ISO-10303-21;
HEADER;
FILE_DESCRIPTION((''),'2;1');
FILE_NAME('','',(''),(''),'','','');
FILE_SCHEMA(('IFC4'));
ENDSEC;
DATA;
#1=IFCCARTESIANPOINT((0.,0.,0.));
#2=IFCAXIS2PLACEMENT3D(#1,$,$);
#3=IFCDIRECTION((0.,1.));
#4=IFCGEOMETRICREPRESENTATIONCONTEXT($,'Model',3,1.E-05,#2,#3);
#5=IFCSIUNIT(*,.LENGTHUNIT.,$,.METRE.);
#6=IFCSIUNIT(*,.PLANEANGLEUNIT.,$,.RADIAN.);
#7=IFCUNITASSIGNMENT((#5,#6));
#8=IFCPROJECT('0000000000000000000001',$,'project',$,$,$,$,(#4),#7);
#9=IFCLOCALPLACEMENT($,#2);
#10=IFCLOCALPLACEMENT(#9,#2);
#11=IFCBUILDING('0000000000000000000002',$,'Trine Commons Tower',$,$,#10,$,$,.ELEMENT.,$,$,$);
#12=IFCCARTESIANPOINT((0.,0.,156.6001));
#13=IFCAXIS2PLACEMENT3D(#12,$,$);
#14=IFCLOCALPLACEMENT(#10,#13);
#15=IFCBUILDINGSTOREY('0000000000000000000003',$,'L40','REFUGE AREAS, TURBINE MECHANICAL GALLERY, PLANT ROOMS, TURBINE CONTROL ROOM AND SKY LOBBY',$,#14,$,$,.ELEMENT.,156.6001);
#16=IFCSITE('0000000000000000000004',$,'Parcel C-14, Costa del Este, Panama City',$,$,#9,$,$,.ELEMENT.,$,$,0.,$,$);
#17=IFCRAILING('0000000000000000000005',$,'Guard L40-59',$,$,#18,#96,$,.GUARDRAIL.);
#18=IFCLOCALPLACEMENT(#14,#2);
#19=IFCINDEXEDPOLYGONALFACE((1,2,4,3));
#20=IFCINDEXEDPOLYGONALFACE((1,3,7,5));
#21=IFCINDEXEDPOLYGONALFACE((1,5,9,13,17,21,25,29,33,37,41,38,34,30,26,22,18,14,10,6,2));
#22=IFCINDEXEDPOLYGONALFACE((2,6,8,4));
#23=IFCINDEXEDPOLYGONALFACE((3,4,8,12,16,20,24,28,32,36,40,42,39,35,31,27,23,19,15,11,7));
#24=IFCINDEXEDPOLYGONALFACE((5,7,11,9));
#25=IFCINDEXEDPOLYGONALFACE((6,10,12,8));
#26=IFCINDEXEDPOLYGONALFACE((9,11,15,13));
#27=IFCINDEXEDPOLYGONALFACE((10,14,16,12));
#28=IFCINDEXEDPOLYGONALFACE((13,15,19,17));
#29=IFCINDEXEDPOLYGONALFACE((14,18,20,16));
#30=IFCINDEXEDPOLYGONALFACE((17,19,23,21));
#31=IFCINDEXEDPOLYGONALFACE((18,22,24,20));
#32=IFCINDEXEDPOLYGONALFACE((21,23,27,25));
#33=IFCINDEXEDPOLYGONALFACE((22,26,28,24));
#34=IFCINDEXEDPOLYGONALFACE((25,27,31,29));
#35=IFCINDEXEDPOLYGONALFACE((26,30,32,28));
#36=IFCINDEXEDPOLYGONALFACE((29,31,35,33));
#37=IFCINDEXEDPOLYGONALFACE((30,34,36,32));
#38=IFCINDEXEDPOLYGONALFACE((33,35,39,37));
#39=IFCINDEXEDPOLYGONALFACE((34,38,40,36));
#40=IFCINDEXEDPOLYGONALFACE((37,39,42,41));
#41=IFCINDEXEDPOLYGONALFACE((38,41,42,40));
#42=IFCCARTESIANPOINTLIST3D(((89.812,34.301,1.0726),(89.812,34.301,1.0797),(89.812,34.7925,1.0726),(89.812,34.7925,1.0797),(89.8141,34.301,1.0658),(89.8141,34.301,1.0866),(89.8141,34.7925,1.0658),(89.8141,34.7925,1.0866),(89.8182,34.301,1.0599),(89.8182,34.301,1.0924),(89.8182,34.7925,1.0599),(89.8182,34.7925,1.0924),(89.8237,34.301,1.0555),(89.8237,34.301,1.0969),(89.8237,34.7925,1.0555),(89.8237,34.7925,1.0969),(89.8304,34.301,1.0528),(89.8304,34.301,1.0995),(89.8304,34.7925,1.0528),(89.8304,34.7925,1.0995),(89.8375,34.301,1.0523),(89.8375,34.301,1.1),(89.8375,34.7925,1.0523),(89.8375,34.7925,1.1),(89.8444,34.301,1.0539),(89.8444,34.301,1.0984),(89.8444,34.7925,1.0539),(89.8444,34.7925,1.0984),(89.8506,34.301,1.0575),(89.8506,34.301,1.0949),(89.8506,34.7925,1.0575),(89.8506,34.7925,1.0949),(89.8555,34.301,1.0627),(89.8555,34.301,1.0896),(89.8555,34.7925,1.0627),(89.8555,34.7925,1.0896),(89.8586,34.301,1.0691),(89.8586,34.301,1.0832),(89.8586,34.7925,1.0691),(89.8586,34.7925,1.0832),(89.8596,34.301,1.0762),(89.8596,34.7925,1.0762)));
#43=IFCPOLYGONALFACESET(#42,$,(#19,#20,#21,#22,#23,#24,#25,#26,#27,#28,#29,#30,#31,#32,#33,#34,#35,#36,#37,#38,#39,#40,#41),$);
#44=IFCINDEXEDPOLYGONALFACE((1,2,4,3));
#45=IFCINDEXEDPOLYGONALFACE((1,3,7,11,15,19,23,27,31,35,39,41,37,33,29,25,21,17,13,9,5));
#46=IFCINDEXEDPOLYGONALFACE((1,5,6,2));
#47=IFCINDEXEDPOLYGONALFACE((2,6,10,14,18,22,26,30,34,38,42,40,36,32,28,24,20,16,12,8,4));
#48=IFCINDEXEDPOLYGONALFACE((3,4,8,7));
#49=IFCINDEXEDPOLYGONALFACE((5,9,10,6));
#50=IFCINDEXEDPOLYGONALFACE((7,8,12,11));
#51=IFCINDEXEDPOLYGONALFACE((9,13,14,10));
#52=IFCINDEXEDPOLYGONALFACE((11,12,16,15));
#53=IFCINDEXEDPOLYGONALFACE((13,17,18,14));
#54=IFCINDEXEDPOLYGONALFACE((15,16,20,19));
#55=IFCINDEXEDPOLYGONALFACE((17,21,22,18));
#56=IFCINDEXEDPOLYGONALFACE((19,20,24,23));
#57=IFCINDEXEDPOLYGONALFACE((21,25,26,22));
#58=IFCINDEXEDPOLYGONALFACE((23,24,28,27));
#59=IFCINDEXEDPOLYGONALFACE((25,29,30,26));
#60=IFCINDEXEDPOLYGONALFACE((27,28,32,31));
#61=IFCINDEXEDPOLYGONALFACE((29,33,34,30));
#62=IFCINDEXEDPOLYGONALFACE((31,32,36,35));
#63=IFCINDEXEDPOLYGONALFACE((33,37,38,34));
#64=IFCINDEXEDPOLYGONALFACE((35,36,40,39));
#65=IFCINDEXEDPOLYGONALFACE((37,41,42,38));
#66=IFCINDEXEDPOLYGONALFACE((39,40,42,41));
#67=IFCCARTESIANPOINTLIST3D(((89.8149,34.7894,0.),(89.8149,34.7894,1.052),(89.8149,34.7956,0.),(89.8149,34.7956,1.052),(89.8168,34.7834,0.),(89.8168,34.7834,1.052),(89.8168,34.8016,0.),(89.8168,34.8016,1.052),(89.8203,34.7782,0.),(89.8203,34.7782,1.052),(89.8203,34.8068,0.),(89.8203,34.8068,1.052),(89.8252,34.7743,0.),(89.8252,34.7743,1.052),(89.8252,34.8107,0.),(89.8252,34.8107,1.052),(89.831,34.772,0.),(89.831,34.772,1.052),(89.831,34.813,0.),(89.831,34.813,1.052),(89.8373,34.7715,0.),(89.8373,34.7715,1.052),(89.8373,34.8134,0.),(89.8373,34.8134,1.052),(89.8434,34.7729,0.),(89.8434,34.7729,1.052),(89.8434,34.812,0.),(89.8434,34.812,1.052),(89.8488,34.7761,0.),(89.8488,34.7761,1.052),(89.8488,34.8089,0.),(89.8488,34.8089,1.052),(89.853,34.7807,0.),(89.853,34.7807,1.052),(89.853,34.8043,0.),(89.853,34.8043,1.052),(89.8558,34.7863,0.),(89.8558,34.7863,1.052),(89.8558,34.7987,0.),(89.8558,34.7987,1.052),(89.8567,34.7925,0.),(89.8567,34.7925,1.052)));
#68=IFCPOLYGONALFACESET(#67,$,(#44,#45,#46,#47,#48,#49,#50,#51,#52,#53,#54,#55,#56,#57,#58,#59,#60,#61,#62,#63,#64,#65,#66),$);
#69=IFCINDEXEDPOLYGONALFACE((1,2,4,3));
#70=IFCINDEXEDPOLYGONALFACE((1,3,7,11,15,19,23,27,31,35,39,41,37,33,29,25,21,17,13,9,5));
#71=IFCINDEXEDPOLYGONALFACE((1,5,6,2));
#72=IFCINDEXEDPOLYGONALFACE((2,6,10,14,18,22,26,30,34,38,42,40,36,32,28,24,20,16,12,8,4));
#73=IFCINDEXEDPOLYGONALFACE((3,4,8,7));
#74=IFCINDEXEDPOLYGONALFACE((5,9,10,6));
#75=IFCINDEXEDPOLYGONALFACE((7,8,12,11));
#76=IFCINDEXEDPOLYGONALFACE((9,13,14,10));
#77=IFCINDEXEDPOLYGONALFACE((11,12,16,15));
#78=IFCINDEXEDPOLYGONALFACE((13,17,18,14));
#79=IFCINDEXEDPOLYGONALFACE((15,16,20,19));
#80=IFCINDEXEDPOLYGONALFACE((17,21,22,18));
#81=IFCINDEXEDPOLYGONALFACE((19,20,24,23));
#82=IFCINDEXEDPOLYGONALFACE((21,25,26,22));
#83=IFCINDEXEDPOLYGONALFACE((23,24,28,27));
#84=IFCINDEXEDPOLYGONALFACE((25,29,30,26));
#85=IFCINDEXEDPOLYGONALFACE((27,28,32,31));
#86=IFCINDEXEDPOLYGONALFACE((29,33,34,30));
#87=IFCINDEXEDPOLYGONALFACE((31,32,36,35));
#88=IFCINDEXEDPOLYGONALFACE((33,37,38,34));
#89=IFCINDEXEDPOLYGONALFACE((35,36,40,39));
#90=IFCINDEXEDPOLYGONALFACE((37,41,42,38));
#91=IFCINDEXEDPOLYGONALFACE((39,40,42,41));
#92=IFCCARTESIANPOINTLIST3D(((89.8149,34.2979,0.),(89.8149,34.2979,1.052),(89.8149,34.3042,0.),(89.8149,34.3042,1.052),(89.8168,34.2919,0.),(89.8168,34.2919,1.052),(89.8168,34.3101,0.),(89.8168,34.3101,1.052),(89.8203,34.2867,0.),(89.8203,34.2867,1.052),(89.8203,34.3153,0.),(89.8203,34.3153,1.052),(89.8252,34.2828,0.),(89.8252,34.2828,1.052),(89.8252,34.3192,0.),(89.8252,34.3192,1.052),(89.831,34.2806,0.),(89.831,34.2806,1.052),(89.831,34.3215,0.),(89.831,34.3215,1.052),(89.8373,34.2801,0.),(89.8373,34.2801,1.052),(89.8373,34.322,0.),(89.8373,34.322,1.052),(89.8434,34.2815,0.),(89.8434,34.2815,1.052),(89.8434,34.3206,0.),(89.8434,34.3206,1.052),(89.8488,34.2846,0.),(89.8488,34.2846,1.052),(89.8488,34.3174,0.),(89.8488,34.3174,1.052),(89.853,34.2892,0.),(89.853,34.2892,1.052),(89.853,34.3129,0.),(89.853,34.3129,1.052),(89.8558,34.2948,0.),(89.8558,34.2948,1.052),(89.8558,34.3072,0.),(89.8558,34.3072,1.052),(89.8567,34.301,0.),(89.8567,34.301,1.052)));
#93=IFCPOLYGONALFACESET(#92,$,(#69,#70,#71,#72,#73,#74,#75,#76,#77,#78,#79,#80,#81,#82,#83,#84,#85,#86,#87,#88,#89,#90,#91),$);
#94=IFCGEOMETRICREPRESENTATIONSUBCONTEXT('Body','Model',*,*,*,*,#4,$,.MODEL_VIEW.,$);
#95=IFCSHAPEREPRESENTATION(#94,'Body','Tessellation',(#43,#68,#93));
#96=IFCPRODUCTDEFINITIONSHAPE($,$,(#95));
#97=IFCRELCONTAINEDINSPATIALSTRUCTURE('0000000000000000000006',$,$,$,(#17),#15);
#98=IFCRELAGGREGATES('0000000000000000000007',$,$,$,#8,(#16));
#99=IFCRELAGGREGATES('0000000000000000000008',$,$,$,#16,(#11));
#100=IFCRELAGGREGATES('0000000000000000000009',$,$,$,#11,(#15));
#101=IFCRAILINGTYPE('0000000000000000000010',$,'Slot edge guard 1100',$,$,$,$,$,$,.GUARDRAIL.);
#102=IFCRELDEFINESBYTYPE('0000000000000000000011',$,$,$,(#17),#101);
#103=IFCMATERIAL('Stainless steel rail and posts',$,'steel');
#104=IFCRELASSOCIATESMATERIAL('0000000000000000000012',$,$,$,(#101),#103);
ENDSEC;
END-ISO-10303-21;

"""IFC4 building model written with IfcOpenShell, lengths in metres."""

from ifc_helpers import new_model, si_unit, direction, frame, origin, origin_2d, place, context, subcontext, project, spatial, circle, extrude, material, type_object, element, save


model = new_model("IFC4")

# Units and contexts
model_context = context("Model", 3, precision=1e-05, world=origin(), true_north=direction((0.0, 1.0)))
body_context = subcontext(model_context, "Body", "Model", "MODEL_VIEW")
ifc_project = project(units=[si_unit("LENGTHUNIT", "METRE"), si_unit("PLANEANGLEUNIT", "RADIAN")], contexts=[model_context])

# Site, building, storey
site_placement = place(None, origin())
site = spatial("IfcSite", under=ifc_project, at=site_placement, Name="Parcel C-14, Costa del Este, Panama City", CompositionType="ELEMENT", RefElevation=0.0)
building_placement = place(site_placement, origin())
building = spatial("IfcBuilding", under=site, at=building_placement, Name="Trine Commons Tower", CompositionType="ELEMENT")
storey_placement = place(building_placement, frame((0.0, 0.0, 156.6001)))
storey = spatial("IfcBuildingStorey", under=building, at=storey_placement, Name="L40", Description="REFUGE AREAS, TURBINE MECHANICAL GALLERY, PLANT ROOMS, TURBINE CONTROL ROOM AND SKY LOBBY", CompositionType="ELEMENT", Elevation=156.6001)

# Railing
ifc_material_1 = material(Name="Stainless steel rail and posts", Category="steel")
railing_type = type_object("IfcRailingType", Name="Slot edge guard 1100", PredefinedType="GUARDRAIL", material=ifc_material_1)
railing_1_placement = place(storey_placement, frame((89.8357, 34.7925, 0.0)))
element("IfcRailing", 1, at=railing_1_placement, inside=storey, type_object=railing_type, Name="Guard L40-59", PredefinedType="GUARDRAIL", context=body_context, shape_type="SweptSolid", body=[
    extrude(circle(Radius=0.0239, at=origin_2d()), frame((0.0, 0.0, 1.0762), z_axis=(0.0, -1.0, 0.0), x_axis=(1.0, 0.0, 0.0)), (0.0, 0.0, 1.0), 0.4915),
    extrude(circle(Radius=0.021, at=origin_2d()), origin(), (0.0, 0.0, 1.0), 1.052),
    extrude(circle(Radius=0.021, at=origin_2d()), frame((0.0, -0.4915, 0.0)), (0.0, 0.0, 1.0), 1.052),
])

save(model, "model.ifc")
